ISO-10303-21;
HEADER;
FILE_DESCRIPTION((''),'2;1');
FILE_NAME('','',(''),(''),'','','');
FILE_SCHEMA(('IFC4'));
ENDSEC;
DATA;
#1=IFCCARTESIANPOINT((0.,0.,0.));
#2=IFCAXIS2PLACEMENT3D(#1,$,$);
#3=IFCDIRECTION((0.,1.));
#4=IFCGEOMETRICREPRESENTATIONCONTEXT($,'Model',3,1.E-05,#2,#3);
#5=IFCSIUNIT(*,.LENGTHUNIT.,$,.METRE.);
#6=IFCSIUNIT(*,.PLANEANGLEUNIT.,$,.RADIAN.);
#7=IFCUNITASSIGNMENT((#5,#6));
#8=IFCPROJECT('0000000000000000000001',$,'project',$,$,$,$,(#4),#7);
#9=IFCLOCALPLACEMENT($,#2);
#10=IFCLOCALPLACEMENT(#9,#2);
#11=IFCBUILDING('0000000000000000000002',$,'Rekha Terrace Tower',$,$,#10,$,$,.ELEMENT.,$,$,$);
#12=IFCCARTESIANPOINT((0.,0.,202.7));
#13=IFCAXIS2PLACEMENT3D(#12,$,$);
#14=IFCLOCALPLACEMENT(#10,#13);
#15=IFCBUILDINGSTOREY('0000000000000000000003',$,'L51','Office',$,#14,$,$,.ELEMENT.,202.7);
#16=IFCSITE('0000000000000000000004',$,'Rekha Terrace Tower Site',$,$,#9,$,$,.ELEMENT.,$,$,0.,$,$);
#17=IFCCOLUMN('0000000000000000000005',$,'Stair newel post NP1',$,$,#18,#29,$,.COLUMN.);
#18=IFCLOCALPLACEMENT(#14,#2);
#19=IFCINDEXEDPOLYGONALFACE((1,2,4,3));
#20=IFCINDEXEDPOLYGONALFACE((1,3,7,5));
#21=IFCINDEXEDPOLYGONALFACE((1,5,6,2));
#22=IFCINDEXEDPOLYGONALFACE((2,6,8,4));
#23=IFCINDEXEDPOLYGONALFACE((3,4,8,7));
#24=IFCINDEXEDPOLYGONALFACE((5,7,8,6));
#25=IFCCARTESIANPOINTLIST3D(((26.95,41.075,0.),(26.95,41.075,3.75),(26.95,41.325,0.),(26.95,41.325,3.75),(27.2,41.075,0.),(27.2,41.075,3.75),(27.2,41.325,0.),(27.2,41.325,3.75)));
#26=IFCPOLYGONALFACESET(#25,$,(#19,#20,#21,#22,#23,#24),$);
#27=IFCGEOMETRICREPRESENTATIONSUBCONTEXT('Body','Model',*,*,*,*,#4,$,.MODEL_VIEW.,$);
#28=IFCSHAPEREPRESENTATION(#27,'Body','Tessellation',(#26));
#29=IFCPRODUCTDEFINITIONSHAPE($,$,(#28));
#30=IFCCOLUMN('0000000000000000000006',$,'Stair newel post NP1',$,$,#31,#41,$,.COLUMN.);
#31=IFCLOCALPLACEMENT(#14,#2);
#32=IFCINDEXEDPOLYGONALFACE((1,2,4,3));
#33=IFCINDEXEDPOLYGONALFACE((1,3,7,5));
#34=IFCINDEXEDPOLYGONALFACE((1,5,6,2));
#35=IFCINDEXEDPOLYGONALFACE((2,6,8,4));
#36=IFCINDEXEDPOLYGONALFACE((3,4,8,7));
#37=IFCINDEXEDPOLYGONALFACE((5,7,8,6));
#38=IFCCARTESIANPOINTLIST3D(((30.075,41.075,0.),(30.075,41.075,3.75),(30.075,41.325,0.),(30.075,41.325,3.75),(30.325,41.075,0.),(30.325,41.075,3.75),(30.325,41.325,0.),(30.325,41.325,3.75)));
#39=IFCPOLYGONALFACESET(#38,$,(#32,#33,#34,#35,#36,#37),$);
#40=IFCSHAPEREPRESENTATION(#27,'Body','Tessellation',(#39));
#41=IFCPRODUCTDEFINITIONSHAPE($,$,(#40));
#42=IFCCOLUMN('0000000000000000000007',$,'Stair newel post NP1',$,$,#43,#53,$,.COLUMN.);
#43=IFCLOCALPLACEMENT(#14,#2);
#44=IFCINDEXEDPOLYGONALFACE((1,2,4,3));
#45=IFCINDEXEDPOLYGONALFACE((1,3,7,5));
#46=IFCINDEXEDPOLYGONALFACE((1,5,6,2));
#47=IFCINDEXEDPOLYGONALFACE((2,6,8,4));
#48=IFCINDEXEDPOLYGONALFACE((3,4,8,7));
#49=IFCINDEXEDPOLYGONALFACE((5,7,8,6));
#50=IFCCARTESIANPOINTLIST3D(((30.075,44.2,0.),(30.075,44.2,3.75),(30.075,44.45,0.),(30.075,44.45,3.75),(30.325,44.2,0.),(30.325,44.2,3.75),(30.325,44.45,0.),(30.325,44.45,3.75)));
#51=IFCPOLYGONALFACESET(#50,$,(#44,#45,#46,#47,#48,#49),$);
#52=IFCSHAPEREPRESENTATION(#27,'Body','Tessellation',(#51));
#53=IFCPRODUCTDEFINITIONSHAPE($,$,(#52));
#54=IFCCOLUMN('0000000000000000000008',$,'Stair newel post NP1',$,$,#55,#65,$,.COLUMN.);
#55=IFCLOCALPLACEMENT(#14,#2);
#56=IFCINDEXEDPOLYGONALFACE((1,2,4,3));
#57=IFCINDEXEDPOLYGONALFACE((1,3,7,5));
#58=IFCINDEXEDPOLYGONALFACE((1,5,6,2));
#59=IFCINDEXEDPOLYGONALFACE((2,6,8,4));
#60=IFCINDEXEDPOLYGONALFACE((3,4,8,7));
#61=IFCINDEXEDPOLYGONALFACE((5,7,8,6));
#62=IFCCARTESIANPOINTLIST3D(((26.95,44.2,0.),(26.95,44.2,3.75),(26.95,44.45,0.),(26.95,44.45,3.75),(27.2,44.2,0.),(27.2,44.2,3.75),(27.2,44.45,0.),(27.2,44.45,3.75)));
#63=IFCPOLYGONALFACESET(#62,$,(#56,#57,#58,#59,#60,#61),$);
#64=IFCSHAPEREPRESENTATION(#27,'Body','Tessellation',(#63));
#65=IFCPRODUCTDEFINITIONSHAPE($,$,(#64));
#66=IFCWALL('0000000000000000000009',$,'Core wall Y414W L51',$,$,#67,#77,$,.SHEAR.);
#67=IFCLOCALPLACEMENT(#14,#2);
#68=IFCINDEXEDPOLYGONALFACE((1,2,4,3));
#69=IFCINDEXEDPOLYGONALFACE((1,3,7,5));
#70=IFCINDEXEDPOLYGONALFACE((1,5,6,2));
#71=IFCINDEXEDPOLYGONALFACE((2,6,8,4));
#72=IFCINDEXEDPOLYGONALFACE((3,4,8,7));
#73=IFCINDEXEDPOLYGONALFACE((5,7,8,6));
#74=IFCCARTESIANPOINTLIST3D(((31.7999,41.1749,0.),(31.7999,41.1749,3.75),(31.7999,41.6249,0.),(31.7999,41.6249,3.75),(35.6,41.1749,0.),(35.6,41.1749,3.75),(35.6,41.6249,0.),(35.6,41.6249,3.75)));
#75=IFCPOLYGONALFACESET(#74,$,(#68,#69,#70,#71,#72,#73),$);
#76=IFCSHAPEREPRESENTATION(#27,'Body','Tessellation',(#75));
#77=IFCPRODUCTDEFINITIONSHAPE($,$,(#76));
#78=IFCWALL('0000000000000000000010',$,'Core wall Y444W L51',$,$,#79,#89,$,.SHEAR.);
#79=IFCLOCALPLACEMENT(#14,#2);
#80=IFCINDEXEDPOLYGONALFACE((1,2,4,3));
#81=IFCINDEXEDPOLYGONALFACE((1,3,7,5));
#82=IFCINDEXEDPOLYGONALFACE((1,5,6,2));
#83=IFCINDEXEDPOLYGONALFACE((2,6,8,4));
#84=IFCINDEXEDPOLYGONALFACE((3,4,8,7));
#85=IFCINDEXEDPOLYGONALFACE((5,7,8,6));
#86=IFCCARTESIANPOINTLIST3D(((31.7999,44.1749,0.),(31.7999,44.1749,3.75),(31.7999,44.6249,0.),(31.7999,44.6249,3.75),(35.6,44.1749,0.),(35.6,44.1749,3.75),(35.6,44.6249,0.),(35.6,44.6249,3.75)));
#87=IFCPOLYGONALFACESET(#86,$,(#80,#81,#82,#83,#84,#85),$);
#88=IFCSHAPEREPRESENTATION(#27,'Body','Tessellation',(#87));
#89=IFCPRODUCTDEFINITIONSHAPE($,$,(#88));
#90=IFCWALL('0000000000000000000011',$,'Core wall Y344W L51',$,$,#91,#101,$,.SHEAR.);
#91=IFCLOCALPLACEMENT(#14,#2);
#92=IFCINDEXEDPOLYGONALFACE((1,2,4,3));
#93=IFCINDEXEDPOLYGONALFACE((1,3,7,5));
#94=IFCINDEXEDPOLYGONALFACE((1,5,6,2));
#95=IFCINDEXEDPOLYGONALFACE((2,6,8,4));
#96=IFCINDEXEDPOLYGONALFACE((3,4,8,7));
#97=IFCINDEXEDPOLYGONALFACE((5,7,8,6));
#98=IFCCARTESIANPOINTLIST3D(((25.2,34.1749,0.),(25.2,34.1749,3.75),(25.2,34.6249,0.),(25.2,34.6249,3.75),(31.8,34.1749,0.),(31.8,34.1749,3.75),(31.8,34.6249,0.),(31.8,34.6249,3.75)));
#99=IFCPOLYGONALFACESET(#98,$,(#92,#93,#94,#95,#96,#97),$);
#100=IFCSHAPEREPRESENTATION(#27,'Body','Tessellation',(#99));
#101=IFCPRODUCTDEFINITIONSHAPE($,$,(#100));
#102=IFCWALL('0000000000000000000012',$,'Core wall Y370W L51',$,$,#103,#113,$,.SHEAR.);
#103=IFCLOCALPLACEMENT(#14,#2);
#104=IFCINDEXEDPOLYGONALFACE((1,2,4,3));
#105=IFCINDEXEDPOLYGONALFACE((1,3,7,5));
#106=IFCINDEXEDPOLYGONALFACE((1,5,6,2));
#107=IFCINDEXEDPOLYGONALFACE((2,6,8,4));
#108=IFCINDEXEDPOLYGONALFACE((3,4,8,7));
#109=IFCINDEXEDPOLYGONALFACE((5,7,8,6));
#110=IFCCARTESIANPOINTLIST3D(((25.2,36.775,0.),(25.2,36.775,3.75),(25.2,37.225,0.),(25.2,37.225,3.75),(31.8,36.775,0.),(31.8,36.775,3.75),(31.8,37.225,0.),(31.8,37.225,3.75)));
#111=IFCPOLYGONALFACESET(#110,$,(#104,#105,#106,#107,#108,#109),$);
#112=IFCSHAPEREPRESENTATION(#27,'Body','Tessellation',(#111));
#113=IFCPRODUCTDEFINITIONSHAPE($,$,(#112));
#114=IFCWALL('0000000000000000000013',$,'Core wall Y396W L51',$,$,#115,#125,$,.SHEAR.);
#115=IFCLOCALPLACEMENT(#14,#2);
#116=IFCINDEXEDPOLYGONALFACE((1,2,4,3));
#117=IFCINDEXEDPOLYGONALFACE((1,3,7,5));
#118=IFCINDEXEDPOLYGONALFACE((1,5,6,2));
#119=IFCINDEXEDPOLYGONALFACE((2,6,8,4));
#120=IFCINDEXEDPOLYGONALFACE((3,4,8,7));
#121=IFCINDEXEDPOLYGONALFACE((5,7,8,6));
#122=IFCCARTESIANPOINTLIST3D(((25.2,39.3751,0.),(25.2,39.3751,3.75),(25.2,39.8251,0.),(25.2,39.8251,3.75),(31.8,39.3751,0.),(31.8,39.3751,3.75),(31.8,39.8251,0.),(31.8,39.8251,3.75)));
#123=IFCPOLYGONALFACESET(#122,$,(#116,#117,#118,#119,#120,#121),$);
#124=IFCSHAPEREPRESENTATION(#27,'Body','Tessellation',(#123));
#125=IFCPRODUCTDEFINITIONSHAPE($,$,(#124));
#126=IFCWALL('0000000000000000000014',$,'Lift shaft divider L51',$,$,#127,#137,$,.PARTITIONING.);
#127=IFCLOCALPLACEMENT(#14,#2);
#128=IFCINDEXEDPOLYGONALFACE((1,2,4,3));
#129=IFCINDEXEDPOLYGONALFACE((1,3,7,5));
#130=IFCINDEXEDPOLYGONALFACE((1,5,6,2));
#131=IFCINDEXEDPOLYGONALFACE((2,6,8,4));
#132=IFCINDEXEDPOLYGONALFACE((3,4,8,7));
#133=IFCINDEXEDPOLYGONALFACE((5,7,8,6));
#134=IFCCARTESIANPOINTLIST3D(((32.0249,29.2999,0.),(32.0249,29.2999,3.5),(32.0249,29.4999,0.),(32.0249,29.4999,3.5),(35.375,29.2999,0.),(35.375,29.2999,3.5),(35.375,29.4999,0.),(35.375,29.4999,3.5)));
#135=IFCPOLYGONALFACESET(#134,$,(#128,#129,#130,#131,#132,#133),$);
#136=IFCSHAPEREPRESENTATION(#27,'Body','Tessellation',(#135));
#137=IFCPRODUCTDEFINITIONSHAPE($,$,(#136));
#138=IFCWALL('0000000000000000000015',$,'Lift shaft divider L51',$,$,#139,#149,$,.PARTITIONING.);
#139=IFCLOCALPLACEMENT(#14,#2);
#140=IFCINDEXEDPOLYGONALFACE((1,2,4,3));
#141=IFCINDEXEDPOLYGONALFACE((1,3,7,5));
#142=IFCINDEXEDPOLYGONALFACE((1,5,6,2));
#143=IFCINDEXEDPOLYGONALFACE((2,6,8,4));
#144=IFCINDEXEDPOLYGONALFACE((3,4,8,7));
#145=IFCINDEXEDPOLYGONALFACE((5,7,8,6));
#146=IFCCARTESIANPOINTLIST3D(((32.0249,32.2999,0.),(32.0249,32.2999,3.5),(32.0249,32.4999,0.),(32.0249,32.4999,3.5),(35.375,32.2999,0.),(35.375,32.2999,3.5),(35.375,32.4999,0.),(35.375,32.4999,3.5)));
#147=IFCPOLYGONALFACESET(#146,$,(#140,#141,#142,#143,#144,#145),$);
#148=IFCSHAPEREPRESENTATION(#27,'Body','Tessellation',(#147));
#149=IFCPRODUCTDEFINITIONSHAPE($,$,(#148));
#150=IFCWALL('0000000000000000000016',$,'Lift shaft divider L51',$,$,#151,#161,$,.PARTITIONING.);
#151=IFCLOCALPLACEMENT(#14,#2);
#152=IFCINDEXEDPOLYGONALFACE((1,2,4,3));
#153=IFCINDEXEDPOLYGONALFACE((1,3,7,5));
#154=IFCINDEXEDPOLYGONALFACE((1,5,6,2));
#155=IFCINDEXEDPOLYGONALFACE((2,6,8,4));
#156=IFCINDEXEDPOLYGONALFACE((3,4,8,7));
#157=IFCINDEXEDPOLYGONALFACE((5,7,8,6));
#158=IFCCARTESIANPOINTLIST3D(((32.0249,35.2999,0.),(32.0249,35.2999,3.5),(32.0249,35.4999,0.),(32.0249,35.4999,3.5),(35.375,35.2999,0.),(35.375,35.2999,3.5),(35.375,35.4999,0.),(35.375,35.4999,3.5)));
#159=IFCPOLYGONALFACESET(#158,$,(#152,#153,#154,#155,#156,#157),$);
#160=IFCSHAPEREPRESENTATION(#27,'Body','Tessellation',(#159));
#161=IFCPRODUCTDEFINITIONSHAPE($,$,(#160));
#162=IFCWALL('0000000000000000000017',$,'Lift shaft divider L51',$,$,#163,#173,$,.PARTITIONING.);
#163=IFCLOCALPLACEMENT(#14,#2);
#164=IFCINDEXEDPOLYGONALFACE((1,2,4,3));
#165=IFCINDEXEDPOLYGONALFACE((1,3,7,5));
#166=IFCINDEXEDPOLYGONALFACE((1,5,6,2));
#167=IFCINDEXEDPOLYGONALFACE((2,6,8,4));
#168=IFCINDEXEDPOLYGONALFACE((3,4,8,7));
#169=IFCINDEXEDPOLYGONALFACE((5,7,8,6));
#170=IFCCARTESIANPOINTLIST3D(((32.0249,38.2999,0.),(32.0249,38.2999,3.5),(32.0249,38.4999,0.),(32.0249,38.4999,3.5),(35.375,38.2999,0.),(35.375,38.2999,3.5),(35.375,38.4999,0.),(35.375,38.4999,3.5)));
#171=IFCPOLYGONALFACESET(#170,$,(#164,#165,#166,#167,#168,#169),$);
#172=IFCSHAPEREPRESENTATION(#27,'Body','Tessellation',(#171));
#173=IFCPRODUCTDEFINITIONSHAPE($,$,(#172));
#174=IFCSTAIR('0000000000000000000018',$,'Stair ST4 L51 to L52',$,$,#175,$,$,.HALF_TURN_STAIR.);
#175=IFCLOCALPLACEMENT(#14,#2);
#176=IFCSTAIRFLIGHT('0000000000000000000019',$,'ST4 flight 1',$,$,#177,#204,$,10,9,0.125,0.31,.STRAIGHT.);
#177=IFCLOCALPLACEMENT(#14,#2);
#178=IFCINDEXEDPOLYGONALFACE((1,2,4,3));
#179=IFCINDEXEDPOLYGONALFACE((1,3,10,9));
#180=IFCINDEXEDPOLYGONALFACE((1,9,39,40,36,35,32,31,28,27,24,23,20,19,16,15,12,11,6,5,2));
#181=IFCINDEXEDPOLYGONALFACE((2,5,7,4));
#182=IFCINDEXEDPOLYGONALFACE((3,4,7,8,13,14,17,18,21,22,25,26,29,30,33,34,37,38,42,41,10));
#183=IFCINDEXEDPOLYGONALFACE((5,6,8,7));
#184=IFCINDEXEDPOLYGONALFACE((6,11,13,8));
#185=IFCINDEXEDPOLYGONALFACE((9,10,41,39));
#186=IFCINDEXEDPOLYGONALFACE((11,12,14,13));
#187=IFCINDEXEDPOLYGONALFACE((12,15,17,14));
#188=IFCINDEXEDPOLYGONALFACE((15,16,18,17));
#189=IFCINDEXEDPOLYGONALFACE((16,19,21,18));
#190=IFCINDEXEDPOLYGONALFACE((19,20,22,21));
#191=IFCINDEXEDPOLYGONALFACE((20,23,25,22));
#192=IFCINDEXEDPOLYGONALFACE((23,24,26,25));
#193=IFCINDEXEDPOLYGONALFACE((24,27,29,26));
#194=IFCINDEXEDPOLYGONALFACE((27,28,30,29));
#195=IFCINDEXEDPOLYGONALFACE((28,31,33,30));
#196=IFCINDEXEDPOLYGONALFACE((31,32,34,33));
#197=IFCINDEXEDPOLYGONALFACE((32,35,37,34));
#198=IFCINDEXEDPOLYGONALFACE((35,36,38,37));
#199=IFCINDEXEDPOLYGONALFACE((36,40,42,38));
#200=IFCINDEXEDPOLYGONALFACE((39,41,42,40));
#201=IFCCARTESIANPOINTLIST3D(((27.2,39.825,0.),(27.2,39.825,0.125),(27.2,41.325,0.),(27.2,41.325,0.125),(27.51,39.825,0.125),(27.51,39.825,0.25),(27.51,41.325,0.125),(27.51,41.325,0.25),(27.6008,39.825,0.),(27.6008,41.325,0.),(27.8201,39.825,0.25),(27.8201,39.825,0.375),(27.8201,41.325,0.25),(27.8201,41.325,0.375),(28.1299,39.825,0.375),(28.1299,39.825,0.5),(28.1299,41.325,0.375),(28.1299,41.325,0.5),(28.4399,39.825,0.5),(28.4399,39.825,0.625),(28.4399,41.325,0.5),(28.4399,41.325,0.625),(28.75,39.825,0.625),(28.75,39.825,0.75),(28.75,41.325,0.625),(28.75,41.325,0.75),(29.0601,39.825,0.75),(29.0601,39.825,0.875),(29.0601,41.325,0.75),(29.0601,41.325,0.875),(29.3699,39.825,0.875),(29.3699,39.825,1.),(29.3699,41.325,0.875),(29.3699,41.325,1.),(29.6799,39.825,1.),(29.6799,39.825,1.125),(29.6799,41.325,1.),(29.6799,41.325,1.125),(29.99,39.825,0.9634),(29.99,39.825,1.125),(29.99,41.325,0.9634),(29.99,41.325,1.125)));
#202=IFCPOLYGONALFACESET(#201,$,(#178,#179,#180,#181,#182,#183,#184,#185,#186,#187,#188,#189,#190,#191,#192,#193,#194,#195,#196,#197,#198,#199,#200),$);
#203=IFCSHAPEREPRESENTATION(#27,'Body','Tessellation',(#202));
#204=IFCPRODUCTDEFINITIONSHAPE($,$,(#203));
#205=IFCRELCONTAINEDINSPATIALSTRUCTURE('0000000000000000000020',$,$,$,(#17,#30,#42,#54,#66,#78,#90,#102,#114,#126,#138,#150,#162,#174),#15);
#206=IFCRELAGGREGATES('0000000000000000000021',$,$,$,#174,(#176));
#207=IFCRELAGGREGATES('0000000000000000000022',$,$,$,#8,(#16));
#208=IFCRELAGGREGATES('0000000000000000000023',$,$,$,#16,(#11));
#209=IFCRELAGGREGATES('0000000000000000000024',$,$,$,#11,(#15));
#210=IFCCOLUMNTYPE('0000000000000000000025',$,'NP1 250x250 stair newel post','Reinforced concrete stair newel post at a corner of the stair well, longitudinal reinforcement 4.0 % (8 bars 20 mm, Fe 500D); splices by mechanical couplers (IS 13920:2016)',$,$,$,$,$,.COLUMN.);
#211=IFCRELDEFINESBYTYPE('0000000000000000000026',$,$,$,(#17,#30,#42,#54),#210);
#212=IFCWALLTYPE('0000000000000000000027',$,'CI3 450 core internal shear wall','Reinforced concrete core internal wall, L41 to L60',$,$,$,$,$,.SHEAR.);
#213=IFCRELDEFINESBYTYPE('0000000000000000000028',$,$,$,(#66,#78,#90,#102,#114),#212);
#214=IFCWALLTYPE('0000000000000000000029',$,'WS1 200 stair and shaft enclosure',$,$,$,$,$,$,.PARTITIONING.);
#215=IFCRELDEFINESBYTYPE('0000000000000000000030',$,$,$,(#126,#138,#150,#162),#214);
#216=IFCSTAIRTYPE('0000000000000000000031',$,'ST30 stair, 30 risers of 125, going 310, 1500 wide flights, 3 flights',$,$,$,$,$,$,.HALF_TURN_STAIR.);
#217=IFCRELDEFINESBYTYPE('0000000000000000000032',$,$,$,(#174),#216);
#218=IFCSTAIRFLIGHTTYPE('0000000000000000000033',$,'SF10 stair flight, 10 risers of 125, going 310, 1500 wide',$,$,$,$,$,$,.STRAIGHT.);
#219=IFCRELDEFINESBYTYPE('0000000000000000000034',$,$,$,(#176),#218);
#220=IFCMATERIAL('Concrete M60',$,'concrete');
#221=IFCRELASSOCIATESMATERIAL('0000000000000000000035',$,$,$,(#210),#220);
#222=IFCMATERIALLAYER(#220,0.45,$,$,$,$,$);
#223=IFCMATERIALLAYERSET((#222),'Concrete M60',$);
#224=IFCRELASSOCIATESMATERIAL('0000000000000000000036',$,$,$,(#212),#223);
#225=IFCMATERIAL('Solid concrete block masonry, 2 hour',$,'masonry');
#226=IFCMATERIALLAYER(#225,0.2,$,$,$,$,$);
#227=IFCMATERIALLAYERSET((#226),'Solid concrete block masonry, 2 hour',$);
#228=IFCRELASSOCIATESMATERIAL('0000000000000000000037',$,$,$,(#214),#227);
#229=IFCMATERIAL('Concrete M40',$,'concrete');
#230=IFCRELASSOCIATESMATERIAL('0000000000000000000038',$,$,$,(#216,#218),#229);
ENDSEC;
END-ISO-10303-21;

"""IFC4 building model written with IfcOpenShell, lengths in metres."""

from ifc_helpers import new_model, si_unit, direction, frame, frame_2d, origin, origin_2d, place, context, subcontext, project, spatial, polyline, rectangle, outline, extrude, material, layer, layer_set, material_profile, profile_set, type_object, element, aggregate, save


model = new_model("IFC4")

# Units and contexts
model_context = context("Model", 3, precision=1e-05, world=origin(), true_north=direction((0.0, 1.0)))
body_context = subcontext(model_context, "Body", "Model", "MODEL_VIEW")
ifc_project = project(units=[si_unit("LENGTHUNIT", "METRE"), si_unit("PLANEANGLEUNIT", "RADIAN")], contexts=[model_context])

# Site, building, storey
site_placement = place(None, origin())
site = spatial("IfcSite", under=ifc_project, at=site_placement, Name="Rekha Terrace Tower Site", CompositionType="ELEMENT", RefElevation=0.0)
building_placement = place(site_placement, origin())
building = spatial("IfcBuilding", under=site, at=building_placement, Name="Rekha Terrace Tower", CompositionType="ELEMENT")
storey_placement = place(building_placement, frame((0.0, 0.0, 202.7)))
storey = spatial("IfcBuildingStorey", under=building, at=storey_placement, Name="L51", Description="Office", CompositionType="ELEMENT", Elevation=202.7)

# Columns
ifc_material_1 = material(Name="Concrete M60", Category="concrete")
ifc_material_profile = material_profile(ifc_material_1, rectangle(XDim=0.25, YDim=0.25, at=origin_2d()), Name="RC 250x250")
ifc_profile_set = profile_set([ifc_material_profile], Name="Concrete M60")
column_type = type_object("IfcColumnType", Name="NP1 250x250 stair newel post", Description="Reinforced concrete stair newel post at a corner of the stair well, longitudinal reinforcement 4.0 % (8 bars 20 mm, Fe 500D); splices by mechanical couplers (IS 13920:2016)", PredefinedType="COLUMN", material=ifc_profile_set)
for number, where, z_axis, x_axis, name in (
    (1, (27.075, 41.2, 0.0), (0.0, 0.0, 1.0), (1.0, 0.0, 0.0), "Stair newel post NP1"),
    (2, (30.2, 41.2, 0.0), (0.0, 0.0, 1.0), (1.0, 0.0, 0.0), "Stair newel post NP1"),
    (3, (30.2, 44.325, 0.0), (0.0, 0.0, 1.0), (1.0, 0.0, 0.0), "Stair newel post NP1"),
    (4, (27.075, 44.325, 0.0), (0.0, 0.0, 1.0), (1.0, 0.0, 0.0), "Stair newel post NP1"),
):
    element("IfcColumn", number, at=place(storey_placement, frame(where, z_axis=z_axis, x_axis=x_axis)), inside=storey, type_object=column_type, Name=name, PredefinedType="COLUMN", context=body_context, shape_type="SweptSolid", body=[
        extrude(rectangle(XDim=0.25, YDim=0.25, at=origin_2d()), origin(), (0.0, 0.0, 1.0), 3.75),
    ])

# Walls
ifc_layer_1 = layer(ifc_material_1, 0.45)
ifc_layer_set_1 = layer_set([ifc_layer_1], Name="Concrete M60")
wall_type_1 = type_object("IfcWallType", Name="CI3 450 core internal shear wall", Description="Reinforced concrete core internal wall, L41 to L60", PredefinedType="SHEAR", material=ifc_layer_set_1)
for number, where, z_axis, x_axis, name in (
    (5, (31.8, 41.3999, 0.0), (0.0, 0.0, 1.0), (1.0, 0.0, 0.0), "Core wall Y414W L51"),
    (6, (31.8, 44.3999, 0.0), (0.0, 0.0, 1.0), (1.0, 0.0, 0.0), "Core wall Y444W L51"),
):
    element("IfcWall", number, at=place(storey_placement, frame(where, z_axis=z_axis, x_axis=x_axis)), inside=storey, type_object=wall_type_1, Name=name, PredefinedType="SHEAR", context=body_context, shape_type="SweptSolid", body=[
        extrude(rectangle(XDim=3.8, YDim=0.45, at=frame_2d((1.8999, 0.0))), origin(), (0.0, 0.0, 1.0), 3.75),
    ])
for number, where, z_axis, x_axis, name in (
    (7, (25.2, 34.3999, 0.0), (0.0, 0.0, 1.0), (1.0, 0.0, 0.0), "Core wall Y344W L51"),
    (8, (25.2, 37.0, 0.0), (0.0, 0.0, 1.0), (1.0, 0.0, 0.0), "Core wall Y370W L51"),
    (9, (25.2, 39.6001, 0.0), (0.0, 0.0, 1.0), (1.0, 0.0, 0.0), "Core wall Y396W L51"),
):
    element("IfcWall", number, at=place(storey_placement, frame(where, z_axis=z_axis, x_axis=x_axis)), inside=storey, type_object=wall_type_1, Name=name, PredefinedType="SHEAR", context=body_context, shape_type="SweptSolid", body=[
        extrude(rectangle(XDim=6.6001, YDim=0.45, at=frame_2d((3.3, 0.0))), origin(), (0.0, 0.0, 1.0), 3.75),
    ])
ifc_material_2 = material(Name="Solid concrete block masonry, 2 hour", Category="masonry")
ifc_layer_2 = layer(ifc_material_2, 0.2)
ifc_layer_set_2 = layer_set([ifc_layer_2], Name="Solid concrete block masonry, 2 hour")
wall_type_2 = type_object("IfcWallType", Name="WS1 200 stair and shaft enclosure", PredefinedType="PARTITIONING", material=ifc_layer_set_2)
for number, where, z_axis, x_axis, name in (
    (10, (32.0249, 29.3999, 0.0), (0.0, 0.0, 1.0), (1.0, 0.0, 0.0), "Lift shaft divider L51"),
    (11, (32.0249, 32.3999, 0.0), (0.0, 0.0, 1.0), (1.0, 0.0, 0.0), "Lift shaft divider L51"),
    (12, (32.0249, 35.3999, 0.0), (0.0, 0.0, 1.0), (1.0, 0.0, 0.0), "Lift shaft divider L51"),
    (13, (32.0249, 38.3999, 0.0), (0.0, 0.0, 1.0), (1.0, 0.0, 0.0), "Lift shaft divider L51"),
):
    element("IfcWall", number, at=place(storey_placement, frame(where, z_axis=z_axis, x_axis=x_axis)), inside=storey, type_object=wall_type_2, Name=name, PredefinedType="PARTITIONING", context=body_context, shape_type="SweptSolid", body=[
        extrude(rectangle(XDim=3.3501, YDim=0.2, at=frame_2d((1.675, 0.0))), origin(), (0.0, 0.0, 1.0), 3.5),
    ])

# Stair, stair flight
ifc_material_3 = material(Name="Concrete M40", Category="concrete")
stair_type = type_object("IfcStairType", Name="ST30 stair, 30 risers of 125, going 310, 1500 wide flights, 3 flights", PredefinedType="HALF_TURN_STAIR", material=ifc_material_3)
stair_placement = place(storey_placement, origin())
stair = element("IfcStair", 14, at=stair_placement, inside=storey, type_object=stair_type, Name="Stair ST4 L51 to L52", PredefinedType="HALF_TURN_STAIR")
stair_flight_type = type_object("IfcStairFlightType", Name="SF10 stair flight, 10 risers of 125, going 310, 1500 wide", PredefinedType="STRAIGHT", material=ifc_material_3)
stair_flight_1_placement = place(storey_placement, frame((27.2, 40.575, 0.0), z_axis=(0.0, 0.0, 1.0), x_axis=(1.0, 0.0, 0.0)))
stair_flight_1 = element("IfcStairFlight", 15, at=stair_flight_1_placement, type_object=stair_flight_type, Name="ST4 flight 1", NumberOfRisers=10, NumberOfTreads=9, PredefinedType="STRAIGHT", RiserHeight=0.125, TreadLength=0.31, context=body_context, shape_type="SweptSolid", body=[
    extrude(outline(polyline([(0.0, 0.0), (0.0, 0.125), (0.3101, 0.125), (0.3101, 0.25), (0.6201, 0.25), (0.6201, 0.375), (0.9299, 0.375), (0.9299, 0.5), (1.24, 0.5), (1.24, 0.625), (1.55, 0.625), (1.55, 0.75), (1.8601, 0.75), (1.8601, 0.875), (2.1699, 0.875), (2.1699, 1.0), (2.48, 1.0), (2.48, 1.125), (2.79, 1.125), (2.79, 1.25), (2.79, 0.9634), (0.4009, 0.0), (0.0, 0.0)])), frame((0.0, 0.75, 0.0), z_axis=(0.0, -1.0, 0.0), x_axis=(1.0, 0.0, 0.0)), (0.0, 0.0, 1.0), 1.5),
])
aggregate(stair, [stair_flight_1])

save(model, "model.ifc")
